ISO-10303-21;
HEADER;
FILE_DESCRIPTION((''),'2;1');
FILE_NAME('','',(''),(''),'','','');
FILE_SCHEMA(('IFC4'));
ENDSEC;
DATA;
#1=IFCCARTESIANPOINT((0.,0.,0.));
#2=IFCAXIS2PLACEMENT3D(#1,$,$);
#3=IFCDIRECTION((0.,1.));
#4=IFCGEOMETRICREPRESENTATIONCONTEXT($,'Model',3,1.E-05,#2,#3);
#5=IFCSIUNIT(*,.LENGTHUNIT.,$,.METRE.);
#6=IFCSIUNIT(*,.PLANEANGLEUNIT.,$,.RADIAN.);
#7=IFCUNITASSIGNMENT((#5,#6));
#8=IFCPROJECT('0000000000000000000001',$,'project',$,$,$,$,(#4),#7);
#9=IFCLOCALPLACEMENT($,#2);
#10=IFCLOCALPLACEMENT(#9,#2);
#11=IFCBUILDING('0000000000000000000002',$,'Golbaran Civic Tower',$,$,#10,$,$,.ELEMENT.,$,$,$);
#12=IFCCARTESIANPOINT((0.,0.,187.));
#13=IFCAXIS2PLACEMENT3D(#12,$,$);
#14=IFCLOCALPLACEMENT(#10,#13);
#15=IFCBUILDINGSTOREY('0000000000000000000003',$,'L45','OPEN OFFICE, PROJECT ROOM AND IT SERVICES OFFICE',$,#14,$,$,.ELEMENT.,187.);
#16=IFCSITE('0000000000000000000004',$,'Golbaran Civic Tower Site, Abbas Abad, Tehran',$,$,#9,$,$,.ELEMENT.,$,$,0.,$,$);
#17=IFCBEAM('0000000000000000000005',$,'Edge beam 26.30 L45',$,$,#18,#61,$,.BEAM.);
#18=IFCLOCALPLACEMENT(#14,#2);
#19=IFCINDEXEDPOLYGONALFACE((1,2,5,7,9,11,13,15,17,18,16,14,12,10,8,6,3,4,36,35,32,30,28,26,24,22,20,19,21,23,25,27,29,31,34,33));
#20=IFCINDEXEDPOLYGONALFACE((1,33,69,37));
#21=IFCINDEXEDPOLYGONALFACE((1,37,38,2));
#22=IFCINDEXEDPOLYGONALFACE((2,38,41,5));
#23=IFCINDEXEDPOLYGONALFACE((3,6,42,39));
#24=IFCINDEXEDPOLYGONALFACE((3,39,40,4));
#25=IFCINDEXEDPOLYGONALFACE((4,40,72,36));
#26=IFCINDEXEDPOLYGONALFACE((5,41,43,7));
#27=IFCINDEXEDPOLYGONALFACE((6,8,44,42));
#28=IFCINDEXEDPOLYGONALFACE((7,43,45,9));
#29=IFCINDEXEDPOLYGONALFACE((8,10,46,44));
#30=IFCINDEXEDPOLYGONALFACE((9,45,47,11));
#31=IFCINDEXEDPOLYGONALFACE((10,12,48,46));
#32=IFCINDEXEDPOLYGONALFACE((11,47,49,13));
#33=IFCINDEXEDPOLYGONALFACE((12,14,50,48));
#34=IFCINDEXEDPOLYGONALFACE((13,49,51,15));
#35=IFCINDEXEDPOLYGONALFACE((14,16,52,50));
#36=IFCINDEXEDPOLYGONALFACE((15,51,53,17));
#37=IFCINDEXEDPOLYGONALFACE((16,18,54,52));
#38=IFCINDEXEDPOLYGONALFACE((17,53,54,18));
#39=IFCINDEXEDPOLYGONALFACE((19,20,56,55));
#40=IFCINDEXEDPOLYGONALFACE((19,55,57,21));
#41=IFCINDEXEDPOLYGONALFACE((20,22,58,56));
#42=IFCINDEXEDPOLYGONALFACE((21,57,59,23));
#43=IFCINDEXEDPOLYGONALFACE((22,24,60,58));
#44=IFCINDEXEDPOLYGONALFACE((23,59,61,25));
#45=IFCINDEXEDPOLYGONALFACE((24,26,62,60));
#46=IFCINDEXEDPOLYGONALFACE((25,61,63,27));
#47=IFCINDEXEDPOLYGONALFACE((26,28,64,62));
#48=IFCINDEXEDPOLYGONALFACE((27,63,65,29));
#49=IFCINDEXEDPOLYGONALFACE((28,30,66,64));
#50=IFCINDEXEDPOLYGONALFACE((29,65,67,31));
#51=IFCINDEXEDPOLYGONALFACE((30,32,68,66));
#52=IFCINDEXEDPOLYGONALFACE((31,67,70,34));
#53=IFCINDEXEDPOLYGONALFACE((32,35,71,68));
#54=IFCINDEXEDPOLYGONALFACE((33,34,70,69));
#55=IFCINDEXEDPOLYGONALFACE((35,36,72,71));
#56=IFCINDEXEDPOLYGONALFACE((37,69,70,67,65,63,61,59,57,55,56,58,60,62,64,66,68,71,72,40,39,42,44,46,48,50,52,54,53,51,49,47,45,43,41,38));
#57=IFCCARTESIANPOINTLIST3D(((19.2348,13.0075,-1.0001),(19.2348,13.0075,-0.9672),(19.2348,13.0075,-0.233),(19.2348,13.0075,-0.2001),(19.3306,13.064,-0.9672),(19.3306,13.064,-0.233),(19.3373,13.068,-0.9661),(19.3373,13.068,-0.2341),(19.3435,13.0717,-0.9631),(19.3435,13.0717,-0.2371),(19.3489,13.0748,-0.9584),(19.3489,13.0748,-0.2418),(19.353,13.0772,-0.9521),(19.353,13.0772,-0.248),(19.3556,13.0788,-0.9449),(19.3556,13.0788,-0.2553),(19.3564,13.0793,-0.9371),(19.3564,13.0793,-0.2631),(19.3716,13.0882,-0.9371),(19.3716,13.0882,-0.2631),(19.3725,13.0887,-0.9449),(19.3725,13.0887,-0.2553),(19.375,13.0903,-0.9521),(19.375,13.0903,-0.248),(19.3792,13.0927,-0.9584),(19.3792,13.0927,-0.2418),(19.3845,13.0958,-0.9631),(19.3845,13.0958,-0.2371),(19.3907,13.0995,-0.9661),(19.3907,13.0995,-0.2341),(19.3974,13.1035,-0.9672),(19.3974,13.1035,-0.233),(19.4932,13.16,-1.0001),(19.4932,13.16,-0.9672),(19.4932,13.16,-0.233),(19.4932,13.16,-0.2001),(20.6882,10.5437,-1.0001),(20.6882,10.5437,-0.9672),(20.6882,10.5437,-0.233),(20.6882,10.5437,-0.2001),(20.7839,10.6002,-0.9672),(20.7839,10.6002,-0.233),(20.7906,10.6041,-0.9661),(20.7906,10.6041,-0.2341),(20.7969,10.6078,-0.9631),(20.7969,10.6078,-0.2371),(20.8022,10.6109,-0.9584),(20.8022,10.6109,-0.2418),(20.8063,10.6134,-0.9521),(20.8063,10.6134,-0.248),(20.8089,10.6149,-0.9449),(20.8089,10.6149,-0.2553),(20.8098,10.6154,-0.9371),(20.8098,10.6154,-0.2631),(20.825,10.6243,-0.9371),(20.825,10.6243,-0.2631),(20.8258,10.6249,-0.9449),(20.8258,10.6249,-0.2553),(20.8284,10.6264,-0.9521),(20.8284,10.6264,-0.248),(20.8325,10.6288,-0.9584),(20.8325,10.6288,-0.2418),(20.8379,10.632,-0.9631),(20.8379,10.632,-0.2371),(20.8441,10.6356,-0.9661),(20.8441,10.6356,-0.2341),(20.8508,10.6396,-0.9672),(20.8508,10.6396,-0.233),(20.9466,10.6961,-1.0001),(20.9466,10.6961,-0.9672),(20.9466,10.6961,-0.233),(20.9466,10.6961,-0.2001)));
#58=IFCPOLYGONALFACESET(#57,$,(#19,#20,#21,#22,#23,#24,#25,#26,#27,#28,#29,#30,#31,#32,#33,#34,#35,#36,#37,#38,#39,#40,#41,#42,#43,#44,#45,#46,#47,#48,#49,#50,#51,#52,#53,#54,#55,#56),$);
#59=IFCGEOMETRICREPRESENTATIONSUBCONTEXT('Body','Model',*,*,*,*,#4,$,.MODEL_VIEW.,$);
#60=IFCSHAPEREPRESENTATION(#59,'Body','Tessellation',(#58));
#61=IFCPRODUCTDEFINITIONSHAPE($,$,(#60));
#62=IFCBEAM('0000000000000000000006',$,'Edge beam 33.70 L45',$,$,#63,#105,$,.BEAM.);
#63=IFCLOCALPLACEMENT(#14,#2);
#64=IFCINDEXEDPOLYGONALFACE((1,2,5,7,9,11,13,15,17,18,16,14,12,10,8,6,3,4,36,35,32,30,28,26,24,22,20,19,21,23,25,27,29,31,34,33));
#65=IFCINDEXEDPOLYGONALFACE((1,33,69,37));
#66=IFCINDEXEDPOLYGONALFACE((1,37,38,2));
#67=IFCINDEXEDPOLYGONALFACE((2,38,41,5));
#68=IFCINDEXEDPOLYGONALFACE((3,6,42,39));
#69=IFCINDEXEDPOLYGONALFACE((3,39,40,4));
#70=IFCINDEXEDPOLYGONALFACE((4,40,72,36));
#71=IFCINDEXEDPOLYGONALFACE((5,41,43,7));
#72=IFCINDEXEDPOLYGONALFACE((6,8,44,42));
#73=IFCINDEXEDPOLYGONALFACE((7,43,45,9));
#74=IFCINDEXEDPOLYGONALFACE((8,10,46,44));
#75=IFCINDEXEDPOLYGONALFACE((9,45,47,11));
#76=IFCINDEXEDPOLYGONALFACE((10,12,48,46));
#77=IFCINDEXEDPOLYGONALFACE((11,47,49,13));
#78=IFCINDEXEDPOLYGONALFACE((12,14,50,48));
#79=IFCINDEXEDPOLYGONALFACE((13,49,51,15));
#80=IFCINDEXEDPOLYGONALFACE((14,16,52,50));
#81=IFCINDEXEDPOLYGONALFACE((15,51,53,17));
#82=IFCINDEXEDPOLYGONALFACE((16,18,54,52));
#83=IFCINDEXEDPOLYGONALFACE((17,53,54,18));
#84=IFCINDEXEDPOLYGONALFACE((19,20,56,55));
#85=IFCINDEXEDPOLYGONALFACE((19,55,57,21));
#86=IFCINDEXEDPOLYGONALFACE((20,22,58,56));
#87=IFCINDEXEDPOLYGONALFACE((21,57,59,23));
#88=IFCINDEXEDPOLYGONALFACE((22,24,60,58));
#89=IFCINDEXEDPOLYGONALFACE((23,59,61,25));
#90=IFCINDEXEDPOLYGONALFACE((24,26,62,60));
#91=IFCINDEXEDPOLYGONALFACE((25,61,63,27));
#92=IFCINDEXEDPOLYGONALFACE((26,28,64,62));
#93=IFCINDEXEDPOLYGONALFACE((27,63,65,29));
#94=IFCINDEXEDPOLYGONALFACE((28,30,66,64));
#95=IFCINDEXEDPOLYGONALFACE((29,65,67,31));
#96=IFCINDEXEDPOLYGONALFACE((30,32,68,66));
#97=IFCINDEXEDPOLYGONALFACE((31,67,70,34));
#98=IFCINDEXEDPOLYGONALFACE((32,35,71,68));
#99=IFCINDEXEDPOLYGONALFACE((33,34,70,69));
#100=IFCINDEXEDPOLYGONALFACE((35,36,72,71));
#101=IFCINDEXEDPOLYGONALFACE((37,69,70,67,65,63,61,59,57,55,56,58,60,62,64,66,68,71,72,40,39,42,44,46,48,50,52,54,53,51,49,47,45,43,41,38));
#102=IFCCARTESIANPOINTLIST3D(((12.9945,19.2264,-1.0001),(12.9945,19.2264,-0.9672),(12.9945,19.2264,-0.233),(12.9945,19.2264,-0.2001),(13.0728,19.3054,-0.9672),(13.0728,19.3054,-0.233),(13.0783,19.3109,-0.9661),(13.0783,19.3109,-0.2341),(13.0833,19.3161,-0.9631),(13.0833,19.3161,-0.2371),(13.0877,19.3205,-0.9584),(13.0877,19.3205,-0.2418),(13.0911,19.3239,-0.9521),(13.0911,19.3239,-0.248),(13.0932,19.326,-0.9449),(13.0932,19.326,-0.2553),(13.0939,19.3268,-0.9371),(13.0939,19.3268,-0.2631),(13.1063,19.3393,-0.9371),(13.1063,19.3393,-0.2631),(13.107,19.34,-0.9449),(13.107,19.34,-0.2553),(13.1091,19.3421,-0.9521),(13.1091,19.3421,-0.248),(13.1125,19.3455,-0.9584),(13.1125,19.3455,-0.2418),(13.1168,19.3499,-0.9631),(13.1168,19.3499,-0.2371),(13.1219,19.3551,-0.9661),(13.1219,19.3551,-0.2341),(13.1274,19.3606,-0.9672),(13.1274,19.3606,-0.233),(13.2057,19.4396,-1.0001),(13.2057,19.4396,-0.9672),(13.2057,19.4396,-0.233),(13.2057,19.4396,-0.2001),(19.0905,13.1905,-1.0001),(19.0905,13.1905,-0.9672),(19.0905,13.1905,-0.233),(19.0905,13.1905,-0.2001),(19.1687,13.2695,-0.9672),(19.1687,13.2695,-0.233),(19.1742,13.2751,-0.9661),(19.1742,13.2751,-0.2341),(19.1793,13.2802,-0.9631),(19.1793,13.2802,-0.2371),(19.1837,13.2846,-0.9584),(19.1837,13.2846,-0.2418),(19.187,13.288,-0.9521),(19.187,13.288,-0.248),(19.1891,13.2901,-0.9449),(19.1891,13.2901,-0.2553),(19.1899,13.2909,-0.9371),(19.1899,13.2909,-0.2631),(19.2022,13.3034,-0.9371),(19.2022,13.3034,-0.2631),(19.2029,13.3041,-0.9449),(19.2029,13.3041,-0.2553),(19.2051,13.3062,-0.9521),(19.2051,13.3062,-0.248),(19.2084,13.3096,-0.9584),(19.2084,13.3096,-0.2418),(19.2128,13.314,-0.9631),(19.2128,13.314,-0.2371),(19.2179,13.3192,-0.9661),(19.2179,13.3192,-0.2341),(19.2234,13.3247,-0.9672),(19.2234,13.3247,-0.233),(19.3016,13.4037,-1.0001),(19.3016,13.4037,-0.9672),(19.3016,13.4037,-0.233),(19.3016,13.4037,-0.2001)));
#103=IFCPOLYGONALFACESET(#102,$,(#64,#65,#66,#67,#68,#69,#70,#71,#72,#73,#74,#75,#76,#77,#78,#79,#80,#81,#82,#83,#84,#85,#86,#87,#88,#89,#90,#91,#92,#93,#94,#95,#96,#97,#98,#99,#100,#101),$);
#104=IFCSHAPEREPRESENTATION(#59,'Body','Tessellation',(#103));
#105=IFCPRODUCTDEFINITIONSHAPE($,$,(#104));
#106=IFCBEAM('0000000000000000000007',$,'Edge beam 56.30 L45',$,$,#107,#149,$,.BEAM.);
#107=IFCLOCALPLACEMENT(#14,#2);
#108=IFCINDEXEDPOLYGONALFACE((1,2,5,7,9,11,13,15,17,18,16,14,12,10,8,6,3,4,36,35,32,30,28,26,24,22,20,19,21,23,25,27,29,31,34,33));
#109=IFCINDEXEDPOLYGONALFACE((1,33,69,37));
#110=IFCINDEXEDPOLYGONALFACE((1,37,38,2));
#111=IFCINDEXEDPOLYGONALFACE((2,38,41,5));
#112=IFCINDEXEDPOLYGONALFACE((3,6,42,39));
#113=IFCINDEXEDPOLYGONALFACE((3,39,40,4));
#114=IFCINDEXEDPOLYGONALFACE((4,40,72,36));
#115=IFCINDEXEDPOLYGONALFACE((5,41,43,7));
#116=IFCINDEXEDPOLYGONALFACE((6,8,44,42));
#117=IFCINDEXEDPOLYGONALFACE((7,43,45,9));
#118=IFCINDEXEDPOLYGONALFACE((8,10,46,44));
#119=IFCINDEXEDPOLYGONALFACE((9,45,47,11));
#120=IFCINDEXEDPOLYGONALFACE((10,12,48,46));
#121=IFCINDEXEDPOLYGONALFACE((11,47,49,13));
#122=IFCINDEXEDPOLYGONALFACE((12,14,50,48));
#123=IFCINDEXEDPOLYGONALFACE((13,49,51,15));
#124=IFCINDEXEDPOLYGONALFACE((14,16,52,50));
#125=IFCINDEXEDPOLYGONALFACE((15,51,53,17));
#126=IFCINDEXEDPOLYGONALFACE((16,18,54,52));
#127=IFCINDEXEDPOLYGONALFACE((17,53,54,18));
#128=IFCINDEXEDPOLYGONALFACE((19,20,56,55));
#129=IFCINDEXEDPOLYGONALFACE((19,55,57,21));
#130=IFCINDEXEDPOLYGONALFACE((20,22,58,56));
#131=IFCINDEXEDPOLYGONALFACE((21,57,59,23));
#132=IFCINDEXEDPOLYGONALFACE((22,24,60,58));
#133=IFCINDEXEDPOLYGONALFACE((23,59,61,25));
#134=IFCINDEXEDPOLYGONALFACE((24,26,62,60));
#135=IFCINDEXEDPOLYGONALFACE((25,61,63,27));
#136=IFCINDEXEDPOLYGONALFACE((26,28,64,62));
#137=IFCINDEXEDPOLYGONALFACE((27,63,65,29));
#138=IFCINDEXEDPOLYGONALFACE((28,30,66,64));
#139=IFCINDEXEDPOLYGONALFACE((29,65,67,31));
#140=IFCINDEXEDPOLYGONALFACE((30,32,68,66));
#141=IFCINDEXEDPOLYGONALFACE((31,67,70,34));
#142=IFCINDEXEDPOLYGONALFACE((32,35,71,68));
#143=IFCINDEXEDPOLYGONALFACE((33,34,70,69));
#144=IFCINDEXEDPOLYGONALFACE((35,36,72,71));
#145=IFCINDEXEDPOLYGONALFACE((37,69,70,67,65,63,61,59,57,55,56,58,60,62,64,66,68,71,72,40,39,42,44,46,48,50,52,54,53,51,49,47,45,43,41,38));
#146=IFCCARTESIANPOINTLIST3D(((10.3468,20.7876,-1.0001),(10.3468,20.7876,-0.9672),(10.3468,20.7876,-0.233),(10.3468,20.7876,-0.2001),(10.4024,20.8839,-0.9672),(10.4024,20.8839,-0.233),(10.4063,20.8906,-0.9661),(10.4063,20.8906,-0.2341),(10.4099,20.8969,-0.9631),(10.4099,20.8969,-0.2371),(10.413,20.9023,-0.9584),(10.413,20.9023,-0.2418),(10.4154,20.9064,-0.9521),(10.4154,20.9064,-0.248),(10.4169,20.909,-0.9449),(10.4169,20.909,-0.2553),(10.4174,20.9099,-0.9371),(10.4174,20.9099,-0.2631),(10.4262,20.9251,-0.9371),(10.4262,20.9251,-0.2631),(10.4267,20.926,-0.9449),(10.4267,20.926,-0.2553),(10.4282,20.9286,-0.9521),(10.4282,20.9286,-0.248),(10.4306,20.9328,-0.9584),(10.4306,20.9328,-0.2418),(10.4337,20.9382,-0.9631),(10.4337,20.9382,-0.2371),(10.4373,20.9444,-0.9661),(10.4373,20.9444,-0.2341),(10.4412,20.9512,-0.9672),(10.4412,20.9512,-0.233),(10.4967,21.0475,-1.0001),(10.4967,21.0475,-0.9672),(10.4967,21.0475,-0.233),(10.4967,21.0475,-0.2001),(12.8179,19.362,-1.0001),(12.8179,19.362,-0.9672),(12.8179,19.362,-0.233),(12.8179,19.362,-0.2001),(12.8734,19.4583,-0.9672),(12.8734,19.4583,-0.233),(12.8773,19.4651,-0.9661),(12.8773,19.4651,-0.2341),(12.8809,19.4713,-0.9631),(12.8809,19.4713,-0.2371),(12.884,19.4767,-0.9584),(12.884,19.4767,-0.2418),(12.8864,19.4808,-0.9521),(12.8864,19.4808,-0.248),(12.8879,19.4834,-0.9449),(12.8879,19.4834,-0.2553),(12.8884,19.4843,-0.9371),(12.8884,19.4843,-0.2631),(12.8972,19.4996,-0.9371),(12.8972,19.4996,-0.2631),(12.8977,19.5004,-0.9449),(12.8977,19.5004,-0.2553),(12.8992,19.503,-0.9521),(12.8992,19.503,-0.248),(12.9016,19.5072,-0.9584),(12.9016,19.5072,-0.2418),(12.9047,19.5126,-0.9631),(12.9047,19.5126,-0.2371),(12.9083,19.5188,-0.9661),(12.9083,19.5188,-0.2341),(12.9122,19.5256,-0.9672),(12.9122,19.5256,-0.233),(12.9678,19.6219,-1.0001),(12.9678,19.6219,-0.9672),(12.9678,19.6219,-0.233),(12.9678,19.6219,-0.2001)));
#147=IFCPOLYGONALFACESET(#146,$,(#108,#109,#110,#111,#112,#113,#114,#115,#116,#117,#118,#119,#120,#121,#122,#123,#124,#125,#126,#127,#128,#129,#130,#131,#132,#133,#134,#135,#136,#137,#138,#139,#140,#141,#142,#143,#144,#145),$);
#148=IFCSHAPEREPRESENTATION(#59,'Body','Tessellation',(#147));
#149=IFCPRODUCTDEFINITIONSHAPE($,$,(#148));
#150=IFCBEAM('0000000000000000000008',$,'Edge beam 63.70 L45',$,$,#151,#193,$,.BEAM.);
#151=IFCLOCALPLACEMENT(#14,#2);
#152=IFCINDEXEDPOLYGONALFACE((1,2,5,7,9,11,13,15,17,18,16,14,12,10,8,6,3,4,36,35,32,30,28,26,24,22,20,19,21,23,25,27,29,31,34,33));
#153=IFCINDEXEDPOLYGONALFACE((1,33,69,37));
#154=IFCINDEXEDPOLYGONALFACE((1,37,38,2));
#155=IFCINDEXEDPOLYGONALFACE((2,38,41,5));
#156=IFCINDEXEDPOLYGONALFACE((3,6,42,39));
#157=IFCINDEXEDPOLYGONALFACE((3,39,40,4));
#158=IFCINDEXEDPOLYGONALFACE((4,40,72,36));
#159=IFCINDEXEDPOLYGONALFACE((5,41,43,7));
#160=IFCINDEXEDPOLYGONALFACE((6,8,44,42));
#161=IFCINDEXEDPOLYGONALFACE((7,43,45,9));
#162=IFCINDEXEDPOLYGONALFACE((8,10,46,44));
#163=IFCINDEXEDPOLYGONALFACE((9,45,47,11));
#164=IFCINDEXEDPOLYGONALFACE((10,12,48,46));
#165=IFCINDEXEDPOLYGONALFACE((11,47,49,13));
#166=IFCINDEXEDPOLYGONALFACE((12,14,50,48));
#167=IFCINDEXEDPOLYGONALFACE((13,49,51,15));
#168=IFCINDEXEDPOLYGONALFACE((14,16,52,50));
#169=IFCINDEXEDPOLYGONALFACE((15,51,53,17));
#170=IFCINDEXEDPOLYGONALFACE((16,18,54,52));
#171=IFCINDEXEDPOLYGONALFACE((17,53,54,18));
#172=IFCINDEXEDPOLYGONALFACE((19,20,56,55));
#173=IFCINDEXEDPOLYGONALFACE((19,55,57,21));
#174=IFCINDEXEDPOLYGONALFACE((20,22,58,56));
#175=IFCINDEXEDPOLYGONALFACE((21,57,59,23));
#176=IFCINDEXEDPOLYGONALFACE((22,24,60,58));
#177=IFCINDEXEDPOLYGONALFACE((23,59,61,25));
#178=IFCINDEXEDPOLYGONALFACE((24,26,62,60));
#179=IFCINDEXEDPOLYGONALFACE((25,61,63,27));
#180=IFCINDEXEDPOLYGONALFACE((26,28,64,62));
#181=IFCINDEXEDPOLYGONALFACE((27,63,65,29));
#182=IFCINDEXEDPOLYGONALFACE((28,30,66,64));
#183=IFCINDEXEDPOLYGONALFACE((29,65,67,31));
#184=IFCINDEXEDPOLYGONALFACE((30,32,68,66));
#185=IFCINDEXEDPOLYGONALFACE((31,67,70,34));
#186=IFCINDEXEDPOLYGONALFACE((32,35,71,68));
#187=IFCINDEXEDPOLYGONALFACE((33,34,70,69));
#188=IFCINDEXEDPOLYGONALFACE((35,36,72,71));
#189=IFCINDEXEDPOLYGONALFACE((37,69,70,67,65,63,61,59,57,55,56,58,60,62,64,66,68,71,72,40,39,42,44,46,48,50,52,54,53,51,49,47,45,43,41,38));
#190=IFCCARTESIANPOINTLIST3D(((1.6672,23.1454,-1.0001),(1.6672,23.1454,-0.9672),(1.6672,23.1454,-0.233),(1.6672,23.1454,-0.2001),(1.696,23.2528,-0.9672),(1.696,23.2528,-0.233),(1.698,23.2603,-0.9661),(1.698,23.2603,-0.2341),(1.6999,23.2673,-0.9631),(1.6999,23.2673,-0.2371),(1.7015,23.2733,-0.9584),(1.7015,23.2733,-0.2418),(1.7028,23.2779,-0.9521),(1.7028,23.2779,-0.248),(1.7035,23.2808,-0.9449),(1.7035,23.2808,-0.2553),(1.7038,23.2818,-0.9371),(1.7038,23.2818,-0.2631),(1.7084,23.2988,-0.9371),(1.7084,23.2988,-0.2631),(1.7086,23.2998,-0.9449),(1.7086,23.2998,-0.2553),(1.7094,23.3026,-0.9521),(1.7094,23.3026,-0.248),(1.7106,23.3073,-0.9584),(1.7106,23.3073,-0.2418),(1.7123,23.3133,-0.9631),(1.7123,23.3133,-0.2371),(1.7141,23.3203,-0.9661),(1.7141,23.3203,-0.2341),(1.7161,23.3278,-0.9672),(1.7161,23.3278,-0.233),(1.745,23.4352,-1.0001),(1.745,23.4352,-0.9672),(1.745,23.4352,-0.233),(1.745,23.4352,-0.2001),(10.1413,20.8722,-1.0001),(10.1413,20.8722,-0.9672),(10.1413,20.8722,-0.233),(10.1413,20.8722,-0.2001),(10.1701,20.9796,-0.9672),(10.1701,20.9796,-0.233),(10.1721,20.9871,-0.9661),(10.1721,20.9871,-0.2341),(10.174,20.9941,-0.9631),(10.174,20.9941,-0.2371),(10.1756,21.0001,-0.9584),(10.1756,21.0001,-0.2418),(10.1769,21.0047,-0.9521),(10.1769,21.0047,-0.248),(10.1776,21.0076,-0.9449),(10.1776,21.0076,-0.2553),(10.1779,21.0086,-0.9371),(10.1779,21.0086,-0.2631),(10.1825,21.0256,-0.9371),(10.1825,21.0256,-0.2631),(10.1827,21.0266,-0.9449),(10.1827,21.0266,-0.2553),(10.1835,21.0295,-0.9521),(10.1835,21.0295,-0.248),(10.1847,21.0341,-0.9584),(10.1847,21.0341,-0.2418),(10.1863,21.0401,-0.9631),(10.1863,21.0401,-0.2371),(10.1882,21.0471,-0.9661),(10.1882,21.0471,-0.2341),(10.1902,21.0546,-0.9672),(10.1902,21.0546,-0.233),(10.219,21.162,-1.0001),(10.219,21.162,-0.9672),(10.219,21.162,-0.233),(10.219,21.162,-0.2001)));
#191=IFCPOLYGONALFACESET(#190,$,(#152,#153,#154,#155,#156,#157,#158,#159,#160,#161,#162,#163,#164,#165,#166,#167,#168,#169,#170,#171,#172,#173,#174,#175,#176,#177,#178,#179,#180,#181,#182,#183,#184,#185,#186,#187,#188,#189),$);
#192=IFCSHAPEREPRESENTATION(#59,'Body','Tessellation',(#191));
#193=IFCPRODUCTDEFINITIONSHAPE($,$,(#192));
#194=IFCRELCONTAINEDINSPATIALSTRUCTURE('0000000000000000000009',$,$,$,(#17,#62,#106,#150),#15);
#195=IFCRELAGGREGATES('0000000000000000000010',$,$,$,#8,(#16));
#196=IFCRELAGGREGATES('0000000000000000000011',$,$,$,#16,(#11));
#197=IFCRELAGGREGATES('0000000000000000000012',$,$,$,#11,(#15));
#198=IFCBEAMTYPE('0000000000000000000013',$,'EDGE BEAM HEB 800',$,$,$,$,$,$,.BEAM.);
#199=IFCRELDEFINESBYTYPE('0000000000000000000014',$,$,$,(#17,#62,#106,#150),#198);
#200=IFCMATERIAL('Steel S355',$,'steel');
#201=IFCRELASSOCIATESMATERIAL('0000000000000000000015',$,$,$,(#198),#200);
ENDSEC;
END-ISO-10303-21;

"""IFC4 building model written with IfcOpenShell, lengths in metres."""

from ifc_helpers import new_model, si_unit, direction, frame, origin, origin_2d, place, context, subcontext, project, spatial, i_section, extrude, material, material_profile, profile_set, type_object, element, save


model = new_model("IFC4")

# Units and contexts
model_context = context("Model", 3, precision=1e-05, world=origin(), true_north=direction((0.0, 1.0)))
body_context = subcontext(model_context, "Body", "Model", "MODEL_VIEW")
ifc_project = project(units=[si_unit("LENGTHUNIT", "METRE"), si_unit("PLANEANGLEUNIT", "RADIAN")], contexts=[model_context])

# Site, building, storey
site_placement = place(None, origin())
site = spatial("IfcSite", under=ifc_project, at=site_placement, Name="Golbaran Civic Tower Site, Abbas Abad, Tehran", CompositionType="ELEMENT", RefElevation=0.0)
building_placement = place(site_placement, origin())
building = spatial("IfcBuilding", under=site, at=building_placement, Name="Golbaran Civic Tower", CompositionType="ELEMENT")
storey_placement = place(building_placement, frame((0.0, 0.0, 187.0)))
storey = spatial("IfcBuildingStorey", under=building, at=storey_placement, Name="L45", Description="OPEN OFFICE, PROJECT ROOM AND IT SERVICES OFFICE", CompositionType="ELEMENT", Elevation=187.0)

# Beams
ifc_material_1 = material(Name="Steel S355", Category="steel")
ifc_material_profile_1 = material_profile(ifc_material_1, i_section(OverallWidth=0.3, OverallDepth=0.8, WebThickness=0.0176, FlangeThickness=0.033, FilletRadius=0.03, at=origin_2d()), Name="HEB 800")
ifc_profile_set_1 = profile_set([ifc_material_profile_1], Name="Steel S355")
beam_type_1 = type_object("IfcBeamType", Name="EDGE BEAM HEB 800", PredefinedType="BEAM", material=ifc_profile_set_1)
beam_1_placement = place(storey_placement, frame((20.8174, 10.6199, -0.6001), z_axis=(-0.508068, 0.861317, 0.0), x_axis=(-0.861317, -0.508068, 0.0)))
element("IfcBeam", 1, at=beam_1_placement, inside=storey, type_object=beam_type_1, Name="Edge beam 26.30 L45", PredefinedType="BEAM", context=body_context, shape_type="SweptSolid", body=[
    extrude(i_section(OverallWidth=0.3, OverallDepth=0.8, WebThickness=0.0176, FlangeThickness=0.033, FilletRadius=0.03, at=origin_2d()), origin(), (0.0, 0.0, 1.0), 2.8606),
])
beam_2_placement = place(storey_placement, frame((19.196, 13.2971, -0.6001), z_axis=(-0.710599, 0.703598, 0.0), x_axis=(-0.703598, -0.710599, 0.0)))
element("IfcBeam", 2, at=beam_2_placement, inside=storey, type_object=beam_type_1, Name="Edge beam 33.70 L45", PredefinedType="BEAM", context=body_context, shape_type="SweptSolid", body=[
    extrude(i_section(OverallWidth=0.3, OverallDepth=0.8, WebThickness=0.0176, FlangeThickness=0.033, FilletRadius=0.03, at=origin_2d()), origin(), (0.0, 0.0, 1.0), 8.5786),
])
beam_3_placement = place(storey_placement, frame((12.8928, 19.4919, -0.6001), z_axis=(-0.866187, 0.49972, 0.0), x_axis=(-0.49972, -0.866187, 0.0)))
element("IfcBeam", 3, at=beam_3_placement, inside=storey, type_object=beam_type_1, Name="Edge beam 56.30 L45", PredefinedType="BEAM", context=body_context, shape_type="SweptSolid", body=[
    extrude(i_section(OverallWidth=0.3, OverallDepth=0.8, WebThickness=0.0176, FlangeThickness=0.033, FilletRadius=0.03, at=origin_2d()), origin(), (0.0, 0.0, 1.0), 2.8528),
])
beam_4_placement = place(storey_placement, frame((10.1802, 21.0171, -0.6001), z_axis=(-0.965853, 0.259091, 0.0), x_axis=(-0.259091, -0.965853, 0.0)))
element("IfcBeam", 4, at=beam_4_placement, inside=storey, type_object=beam_type_1, Name="Edge beam 63.70 L45", PredefinedType="BEAM", context=body_context, shape_type="SweptSolid", body=[
    extrude(i_section(OverallWidth=0.3, OverallDepth=0.8, WebThickness=0.0176, FlangeThickness=0.033, FilletRadius=0.03, at=origin_2d()), origin(), (0.0, 0.0, 1.0), 8.7737),
])

save(model, "model.ifc")
